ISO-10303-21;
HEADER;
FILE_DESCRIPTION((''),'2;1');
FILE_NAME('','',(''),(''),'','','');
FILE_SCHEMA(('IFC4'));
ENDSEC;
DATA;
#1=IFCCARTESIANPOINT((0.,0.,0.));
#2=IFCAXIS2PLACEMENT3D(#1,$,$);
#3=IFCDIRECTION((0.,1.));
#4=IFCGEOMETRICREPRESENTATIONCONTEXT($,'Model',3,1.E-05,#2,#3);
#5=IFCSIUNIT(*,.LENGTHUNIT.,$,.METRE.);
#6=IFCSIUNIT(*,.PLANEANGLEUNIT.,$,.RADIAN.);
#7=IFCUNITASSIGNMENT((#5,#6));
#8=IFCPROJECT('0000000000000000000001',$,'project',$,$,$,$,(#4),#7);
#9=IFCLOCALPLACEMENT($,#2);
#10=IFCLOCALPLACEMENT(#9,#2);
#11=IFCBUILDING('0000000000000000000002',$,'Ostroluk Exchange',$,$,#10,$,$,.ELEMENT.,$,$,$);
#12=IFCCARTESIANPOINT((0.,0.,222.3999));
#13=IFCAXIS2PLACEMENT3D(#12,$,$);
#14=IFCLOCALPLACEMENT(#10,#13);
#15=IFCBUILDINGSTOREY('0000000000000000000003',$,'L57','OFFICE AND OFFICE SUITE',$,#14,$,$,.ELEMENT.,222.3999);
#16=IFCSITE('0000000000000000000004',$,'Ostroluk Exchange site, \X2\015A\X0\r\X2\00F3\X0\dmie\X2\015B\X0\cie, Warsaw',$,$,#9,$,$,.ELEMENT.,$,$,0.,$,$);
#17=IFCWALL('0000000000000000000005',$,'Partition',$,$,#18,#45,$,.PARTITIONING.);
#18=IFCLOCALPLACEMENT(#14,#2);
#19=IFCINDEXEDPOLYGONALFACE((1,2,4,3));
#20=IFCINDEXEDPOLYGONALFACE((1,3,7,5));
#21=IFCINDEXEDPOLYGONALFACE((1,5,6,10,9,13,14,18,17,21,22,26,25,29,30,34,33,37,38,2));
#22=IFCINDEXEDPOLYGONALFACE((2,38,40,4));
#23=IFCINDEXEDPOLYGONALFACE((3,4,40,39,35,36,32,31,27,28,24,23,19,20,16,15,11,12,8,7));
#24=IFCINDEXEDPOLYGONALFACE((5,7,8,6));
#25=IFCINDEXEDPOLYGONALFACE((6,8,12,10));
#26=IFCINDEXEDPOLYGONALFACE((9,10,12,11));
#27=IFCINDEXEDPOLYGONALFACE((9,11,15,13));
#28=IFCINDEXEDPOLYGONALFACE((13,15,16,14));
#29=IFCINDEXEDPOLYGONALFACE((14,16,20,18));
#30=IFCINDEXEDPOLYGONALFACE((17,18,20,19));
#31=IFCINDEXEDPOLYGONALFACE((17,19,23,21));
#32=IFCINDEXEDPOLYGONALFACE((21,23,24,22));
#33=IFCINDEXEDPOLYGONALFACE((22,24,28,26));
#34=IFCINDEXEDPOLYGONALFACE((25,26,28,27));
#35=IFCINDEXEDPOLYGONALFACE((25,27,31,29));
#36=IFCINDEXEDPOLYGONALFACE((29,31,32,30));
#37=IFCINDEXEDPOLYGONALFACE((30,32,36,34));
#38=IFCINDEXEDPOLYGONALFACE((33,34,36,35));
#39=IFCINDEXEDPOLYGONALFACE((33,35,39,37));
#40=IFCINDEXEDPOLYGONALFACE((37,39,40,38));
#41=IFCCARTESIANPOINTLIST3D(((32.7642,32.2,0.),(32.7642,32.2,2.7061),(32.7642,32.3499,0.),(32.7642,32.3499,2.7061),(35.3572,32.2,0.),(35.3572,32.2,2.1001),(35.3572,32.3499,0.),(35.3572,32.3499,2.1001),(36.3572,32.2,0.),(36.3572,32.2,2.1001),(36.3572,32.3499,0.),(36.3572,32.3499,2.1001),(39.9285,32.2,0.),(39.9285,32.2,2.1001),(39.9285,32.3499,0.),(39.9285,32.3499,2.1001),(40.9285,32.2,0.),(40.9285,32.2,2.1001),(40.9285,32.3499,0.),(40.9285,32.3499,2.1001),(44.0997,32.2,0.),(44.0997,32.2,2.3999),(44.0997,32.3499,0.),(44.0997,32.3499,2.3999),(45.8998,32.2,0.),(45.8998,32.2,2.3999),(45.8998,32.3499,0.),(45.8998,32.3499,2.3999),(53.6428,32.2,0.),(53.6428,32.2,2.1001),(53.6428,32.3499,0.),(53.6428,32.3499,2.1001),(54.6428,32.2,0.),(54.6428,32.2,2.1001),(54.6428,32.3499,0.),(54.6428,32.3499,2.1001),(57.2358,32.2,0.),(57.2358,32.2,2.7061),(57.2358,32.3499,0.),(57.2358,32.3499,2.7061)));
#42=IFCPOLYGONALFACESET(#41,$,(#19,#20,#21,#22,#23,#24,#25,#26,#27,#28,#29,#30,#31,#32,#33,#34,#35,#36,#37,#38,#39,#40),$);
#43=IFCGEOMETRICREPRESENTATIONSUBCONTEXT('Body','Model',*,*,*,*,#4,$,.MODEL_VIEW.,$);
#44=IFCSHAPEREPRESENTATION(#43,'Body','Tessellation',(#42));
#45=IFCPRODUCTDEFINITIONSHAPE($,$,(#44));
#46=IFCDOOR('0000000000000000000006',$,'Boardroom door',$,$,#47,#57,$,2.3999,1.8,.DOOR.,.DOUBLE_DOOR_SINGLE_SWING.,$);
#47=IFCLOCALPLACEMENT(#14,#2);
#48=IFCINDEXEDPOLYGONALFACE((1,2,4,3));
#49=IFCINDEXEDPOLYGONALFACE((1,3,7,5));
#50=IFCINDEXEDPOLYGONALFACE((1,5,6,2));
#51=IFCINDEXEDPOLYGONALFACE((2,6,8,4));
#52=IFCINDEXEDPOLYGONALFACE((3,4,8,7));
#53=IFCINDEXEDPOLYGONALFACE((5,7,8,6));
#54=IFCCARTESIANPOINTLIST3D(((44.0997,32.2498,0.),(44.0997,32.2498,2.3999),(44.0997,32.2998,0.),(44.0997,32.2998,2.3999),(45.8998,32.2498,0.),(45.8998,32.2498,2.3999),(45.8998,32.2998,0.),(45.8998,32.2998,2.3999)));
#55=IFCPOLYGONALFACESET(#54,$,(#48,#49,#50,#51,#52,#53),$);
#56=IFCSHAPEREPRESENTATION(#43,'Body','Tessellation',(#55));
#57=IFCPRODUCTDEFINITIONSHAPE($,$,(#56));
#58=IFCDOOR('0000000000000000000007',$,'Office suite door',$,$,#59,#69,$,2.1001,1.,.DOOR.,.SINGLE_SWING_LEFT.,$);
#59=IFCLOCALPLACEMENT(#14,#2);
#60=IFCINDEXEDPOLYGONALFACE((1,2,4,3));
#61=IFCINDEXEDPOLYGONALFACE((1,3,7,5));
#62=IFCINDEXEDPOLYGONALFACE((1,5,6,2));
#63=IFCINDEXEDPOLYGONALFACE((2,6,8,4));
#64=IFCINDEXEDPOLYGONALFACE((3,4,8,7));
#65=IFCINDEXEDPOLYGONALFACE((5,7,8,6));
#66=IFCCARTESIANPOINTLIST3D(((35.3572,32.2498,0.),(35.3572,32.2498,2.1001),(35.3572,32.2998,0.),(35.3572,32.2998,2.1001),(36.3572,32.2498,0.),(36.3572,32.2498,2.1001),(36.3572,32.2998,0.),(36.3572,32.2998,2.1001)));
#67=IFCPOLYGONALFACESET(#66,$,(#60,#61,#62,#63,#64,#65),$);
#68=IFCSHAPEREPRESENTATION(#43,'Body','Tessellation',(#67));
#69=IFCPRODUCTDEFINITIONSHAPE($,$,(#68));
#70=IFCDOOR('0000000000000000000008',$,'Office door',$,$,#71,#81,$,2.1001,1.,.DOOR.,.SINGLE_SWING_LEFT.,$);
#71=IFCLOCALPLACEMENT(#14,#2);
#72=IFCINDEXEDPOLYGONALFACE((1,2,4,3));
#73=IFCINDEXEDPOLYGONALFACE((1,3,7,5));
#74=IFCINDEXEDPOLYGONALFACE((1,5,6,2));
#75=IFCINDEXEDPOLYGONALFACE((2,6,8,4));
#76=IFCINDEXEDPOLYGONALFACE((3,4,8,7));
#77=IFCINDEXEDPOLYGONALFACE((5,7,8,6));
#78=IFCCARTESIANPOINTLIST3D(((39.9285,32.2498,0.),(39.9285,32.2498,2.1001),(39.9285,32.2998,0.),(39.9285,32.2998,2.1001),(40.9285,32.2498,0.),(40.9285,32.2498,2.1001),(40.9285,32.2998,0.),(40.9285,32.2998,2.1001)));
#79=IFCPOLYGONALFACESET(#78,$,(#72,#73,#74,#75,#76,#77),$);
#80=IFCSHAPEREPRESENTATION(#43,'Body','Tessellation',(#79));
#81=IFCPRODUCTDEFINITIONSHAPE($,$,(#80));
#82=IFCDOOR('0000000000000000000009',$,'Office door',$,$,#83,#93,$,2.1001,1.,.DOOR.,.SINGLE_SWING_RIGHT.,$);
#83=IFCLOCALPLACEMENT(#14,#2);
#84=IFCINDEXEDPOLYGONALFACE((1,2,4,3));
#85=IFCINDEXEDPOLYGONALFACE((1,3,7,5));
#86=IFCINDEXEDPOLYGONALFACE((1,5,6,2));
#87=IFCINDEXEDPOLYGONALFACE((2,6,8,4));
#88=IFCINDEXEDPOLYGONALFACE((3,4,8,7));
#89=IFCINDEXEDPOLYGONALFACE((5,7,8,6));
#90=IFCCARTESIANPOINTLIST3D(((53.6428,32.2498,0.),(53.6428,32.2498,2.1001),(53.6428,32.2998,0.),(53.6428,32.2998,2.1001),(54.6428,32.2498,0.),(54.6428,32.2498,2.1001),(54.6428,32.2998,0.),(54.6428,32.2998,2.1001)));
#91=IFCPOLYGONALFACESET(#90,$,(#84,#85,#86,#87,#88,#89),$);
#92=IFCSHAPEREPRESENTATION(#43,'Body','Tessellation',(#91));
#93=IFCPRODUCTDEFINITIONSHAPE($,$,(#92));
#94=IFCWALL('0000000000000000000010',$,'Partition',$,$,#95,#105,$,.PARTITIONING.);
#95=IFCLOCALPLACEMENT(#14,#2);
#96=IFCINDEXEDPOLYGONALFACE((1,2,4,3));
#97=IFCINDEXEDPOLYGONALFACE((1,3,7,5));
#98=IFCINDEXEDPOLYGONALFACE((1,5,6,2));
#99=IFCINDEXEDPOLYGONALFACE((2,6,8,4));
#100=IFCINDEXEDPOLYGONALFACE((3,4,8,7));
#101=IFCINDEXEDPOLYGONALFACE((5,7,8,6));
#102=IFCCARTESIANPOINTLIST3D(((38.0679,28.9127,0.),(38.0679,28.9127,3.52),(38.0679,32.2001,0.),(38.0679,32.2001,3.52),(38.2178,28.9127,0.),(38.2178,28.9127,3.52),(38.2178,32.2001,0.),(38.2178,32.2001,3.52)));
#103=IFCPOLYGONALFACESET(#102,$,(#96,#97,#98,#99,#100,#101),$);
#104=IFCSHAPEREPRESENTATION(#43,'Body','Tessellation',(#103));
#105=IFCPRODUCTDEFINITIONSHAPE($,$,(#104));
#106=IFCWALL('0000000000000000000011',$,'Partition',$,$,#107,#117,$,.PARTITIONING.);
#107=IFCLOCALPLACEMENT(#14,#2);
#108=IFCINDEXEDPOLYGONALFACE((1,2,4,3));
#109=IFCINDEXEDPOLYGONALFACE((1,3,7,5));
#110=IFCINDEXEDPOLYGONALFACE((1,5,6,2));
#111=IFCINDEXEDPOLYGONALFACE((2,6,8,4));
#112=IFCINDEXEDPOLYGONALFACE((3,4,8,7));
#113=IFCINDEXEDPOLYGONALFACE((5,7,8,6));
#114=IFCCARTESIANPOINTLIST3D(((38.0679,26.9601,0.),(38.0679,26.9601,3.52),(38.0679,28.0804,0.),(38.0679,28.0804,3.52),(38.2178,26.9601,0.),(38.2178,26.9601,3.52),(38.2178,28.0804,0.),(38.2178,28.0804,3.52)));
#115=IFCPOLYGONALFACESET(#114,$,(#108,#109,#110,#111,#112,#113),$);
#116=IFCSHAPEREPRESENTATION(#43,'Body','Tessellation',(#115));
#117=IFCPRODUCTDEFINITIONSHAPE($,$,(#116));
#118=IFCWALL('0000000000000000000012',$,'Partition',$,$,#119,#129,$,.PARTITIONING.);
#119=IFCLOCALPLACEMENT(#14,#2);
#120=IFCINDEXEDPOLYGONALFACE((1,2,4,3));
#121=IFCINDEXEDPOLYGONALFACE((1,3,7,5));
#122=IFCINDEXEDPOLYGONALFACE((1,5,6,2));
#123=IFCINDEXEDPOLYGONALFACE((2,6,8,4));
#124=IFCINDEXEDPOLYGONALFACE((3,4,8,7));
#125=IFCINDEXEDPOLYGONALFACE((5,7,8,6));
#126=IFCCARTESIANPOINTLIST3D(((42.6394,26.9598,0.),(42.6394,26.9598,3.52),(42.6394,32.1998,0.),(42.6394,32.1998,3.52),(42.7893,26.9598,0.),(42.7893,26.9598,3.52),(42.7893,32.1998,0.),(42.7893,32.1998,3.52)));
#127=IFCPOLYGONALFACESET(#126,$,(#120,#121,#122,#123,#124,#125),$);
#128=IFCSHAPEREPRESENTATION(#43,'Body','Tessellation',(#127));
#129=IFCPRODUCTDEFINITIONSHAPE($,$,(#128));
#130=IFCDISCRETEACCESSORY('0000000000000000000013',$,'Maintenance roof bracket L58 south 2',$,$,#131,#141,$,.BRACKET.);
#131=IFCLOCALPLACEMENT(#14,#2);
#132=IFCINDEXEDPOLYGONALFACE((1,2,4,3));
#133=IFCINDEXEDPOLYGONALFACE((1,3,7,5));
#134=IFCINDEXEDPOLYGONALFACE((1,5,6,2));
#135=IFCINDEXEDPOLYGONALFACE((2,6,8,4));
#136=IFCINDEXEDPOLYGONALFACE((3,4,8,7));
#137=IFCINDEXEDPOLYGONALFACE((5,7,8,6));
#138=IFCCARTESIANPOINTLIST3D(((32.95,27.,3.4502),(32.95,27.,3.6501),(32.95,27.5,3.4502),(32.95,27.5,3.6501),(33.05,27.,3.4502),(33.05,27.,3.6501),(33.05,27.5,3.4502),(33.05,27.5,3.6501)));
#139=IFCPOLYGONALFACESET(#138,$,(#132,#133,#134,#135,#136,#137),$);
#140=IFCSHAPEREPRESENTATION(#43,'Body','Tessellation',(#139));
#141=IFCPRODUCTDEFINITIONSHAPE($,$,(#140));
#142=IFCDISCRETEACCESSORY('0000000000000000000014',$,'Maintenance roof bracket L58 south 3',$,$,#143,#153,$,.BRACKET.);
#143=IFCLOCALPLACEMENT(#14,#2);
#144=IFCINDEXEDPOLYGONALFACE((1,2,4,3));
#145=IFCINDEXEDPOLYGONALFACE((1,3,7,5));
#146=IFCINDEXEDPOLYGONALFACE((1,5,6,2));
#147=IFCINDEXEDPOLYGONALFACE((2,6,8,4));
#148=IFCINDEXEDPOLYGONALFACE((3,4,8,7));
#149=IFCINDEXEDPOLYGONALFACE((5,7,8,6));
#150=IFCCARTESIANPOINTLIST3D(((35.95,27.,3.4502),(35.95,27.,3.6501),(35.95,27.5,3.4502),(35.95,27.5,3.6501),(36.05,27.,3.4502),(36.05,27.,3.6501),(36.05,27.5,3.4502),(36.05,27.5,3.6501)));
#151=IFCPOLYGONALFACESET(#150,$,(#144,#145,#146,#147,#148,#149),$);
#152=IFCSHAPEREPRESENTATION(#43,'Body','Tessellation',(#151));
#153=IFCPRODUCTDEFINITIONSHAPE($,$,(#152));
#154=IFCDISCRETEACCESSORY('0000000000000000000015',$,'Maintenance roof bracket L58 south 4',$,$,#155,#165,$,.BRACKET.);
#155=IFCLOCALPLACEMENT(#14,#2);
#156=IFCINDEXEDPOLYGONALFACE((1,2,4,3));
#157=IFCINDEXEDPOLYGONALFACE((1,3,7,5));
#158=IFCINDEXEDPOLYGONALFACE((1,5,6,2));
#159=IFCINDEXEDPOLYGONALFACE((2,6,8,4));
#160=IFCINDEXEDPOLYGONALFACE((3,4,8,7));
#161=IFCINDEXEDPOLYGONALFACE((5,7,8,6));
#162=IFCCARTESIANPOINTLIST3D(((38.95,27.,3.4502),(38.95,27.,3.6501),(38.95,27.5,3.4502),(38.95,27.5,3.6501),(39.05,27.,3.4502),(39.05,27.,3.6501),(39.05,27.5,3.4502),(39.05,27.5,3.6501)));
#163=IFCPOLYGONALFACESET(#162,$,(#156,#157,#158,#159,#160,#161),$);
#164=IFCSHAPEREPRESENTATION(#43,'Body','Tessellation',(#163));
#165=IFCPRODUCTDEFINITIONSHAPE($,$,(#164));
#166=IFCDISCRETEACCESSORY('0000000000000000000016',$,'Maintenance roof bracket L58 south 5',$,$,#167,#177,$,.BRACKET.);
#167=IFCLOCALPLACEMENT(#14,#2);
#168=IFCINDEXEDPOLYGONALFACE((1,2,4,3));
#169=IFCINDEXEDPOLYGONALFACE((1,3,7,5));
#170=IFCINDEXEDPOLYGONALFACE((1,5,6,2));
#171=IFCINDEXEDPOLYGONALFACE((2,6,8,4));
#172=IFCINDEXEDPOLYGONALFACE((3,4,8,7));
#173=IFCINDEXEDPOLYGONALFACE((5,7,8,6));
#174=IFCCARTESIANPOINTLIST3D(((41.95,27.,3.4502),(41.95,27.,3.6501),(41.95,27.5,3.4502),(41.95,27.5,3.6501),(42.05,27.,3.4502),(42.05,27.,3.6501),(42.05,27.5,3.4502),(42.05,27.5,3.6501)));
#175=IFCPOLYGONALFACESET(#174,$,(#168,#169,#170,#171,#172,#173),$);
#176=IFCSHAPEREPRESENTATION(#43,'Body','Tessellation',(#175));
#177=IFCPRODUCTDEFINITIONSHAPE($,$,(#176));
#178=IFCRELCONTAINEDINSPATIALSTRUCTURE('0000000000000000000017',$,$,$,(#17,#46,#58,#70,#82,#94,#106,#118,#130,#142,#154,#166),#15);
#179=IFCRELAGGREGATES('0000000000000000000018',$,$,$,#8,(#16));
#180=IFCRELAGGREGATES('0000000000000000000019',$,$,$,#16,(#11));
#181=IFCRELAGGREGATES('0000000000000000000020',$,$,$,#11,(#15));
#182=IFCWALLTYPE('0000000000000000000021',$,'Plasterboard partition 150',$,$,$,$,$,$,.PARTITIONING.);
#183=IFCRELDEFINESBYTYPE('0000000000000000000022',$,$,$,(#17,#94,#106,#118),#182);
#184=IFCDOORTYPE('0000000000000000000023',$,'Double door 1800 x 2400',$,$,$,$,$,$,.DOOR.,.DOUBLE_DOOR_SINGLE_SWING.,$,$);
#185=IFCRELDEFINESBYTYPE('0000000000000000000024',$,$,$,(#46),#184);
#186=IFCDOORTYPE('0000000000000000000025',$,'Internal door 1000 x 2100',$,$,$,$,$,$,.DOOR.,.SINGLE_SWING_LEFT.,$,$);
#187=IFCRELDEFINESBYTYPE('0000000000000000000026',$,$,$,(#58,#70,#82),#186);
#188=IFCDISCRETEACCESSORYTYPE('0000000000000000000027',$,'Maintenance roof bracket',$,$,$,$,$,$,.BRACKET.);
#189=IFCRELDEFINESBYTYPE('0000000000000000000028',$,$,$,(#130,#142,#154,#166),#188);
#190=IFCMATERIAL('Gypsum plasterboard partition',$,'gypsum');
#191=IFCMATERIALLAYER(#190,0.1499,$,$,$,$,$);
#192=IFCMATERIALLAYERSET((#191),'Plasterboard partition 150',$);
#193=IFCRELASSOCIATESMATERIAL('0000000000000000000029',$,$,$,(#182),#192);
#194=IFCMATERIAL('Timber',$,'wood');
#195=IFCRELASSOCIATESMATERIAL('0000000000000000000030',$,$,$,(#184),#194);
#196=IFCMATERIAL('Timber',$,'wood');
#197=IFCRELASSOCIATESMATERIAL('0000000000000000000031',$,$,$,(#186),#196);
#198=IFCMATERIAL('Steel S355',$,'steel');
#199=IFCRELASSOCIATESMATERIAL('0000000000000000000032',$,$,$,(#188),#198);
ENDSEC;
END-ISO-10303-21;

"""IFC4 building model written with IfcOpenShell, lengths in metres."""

from ifc_helpers import new_model, si_unit, direction, frame, frame_2d, origin, origin_2d, place, context, subcontext, project, spatial, rectangle, extrude, material, layer, layer_set, type_object, element, fill, save


model = new_model("IFC4")

# Units and contexts
model_context = context("Model", 3, precision=1e-05, world=origin(), true_north=direction((0.0, 1.0)))
body_context = subcontext(model_context, "Body", "Model", "MODEL_VIEW")
ifc_project = project(units=[si_unit("LENGTHUNIT", "METRE"), si_unit("PLANEANGLEUNIT", "RADIAN")], contexts=[model_context])

# Site, building, storey
site_placement = place(None, origin())
site = spatial("IfcSite", under=ifc_project, at=site_placement, Name="Ostroluk Exchange site, Śródmieście, Warsaw", CompositionType="ELEMENT", RefElevation=0.0)
building_placement = place(site_placement, origin())
building = spatial("IfcBuilding", under=site, at=building_placement, Name="Ostroluk Exchange", CompositionType="ELEMENT")
storey_placement = place(building_placement, frame((0.0, 0.0, 222.3999)))
storey = spatial("IfcBuildingStorey", under=building, at=storey_placement, Name="L57", Description="OFFICE AND OFFICE SUITE", CompositionType="ELEMENT", Elevation=222.3999)

# Wall, openings, doors
ifc_material_1 = material(Name="Gypsum plasterboard partition", Category="gypsum")
ifc_layer_1 = layer(ifc_material_1, 0.1499)
ifc_layer_set_1 = layer_set([ifc_layer_1], Name="Plasterboard partition 150")
wall_type = type_object("IfcWallType", Name="Plasterboard partition 150", PredefinedType="PARTITIONING", material=ifc_layer_set_1)
wall_1_placement = place(storey_placement, frame((32.7642, 32.2749, 0.0), z_axis=(0.0, 0.0, 1.0), x_axis=(1.0, 0.0, 0.0)))
wall_1 = element("IfcWall", 1, at=wall_1_placement, inside=storey, type_object=wall_type, Name="Partition", PredefinedType="PARTITIONING", context=body_context, shape_type="SweptSolid", body=[
    extrude(rectangle(XDim=24.4717, YDim=0.1499, at=frame_2d((12.2358, 0.0))), origin(), (0.0, 0.0, 1.0), 2.7061),
])
opening_1_placement = place(wall_1_placement, frame((2.593, 0.0, 0.0)))
opening_1 = element("IfcOpeningElement", 2, at=opening_1_placement, cuts=wall_1, PredefinedType="OPENING", context=body_context, shape_type="SweptSolid", body=[
    extrude(rectangle(XDim=1.0, YDim=2.1001, at=frame_2d((0.5, 1.05))), frame((0.0, 0.085, 0.0), z_axis=(0.0, -1.0, 0.0), x_axis=(1.0, 0.0, 0.0)), (0.0, 0.0, 1.0), 0.1699),
])
opening_2_placement = place(wall_1_placement, frame((7.1643, 0.0, 0.0)))
opening_2 = element("IfcOpeningElement", 3, at=opening_2_placement, cuts=wall_1, PredefinedType="OPENING", context=body_context, shape_type="SweptSolid", body=[
    extrude(rectangle(XDim=1.0, YDim=2.1001, at=frame_2d((0.5, 1.05))), frame((0.0, 0.085, 0.0), z_axis=(0.0, -1.0, 0.0), x_axis=(1.0, 0.0, 0.0)), (0.0, 0.0, 1.0), 0.1699),
])
opening_3_placement = place(wall_1_placement, frame((11.3357, 0.0, 0.0)))
opening_3 = element("IfcOpeningElement", 4, at=opening_3_placement, cuts=wall_1, PredefinedType="OPENING", context=body_context, shape_type="SweptSolid", body=[
    extrude(rectangle(XDim=1.8, YDim=2.3999, at=frame_2d((0.8999, 1.2))), frame((0.0, 0.085, 0.0), z_axis=(0.0, -1.0, 0.0), x_axis=(1.0, 0.0, 0.0)), (0.0, 0.0, 1.0), 0.1699),
])
opening_4_placement = place(wall_1_placement, frame((20.8787, 0.0, 0.0)))
opening_4 = element("IfcOpeningElement", 5, at=opening_4_placement, cuts=wall_1, PredefinedType="OPENING", context=body_context, shape_type="SweptSolid", body=[
    extrude(rectangle(XDim=1.0, YDim=2.1001, at=frame_2d((0.5, 1.05))), frame((0.0, 0.085, 0.0), z_axis=(0.0, -1.0, 0.0), x_axis=(1.0, 0.0, 0.0)), (0.0, 0.0, 1.0), 0.1699),
])
ifc_material_2 = material(Name="Timber", Category="wood")
door_type_1 = type_object("IfcDoorType", Name="Double door 1800 x 2400", OperationType="DOUBLE_DOOR_SINGLE_SWING", PredefinedType="DOOR", material=ifc_material_2)
door_1_placement = place(opening_3_placement, origin())
door_1 = element("IfcDoor", 6, at=door_1_placement, inside=storey, type_object=door_type_1, Name="Boardroom door", OperationType="DOUBLE_DOOR_SINGLE_SWING", OverallHeight=2.3999, OverallWidth=1.8, PredefinedType="DOOR", context=body_context, shape_type="SweptSolid", body=[
    extrude(rectangle(XDim=1.8, YDim=2.3999, at=frame_2d((0.8999, 1.2))), frame((0.0, 0.0249, 0.0), z_axis=(0.0, -1.0, 0.0), x_axis=(1.0, 0.0, 0.0)), (0.0, 0.0, 1.0), 0.05),
])
fill(opening_3, door_1)
ifc_material_3 = material(Name="Timber", Category="wood")
door_type_2 = type_object("IfcDoorType", Name="Internal door 1000 x 2100", OperationType="SINGLE_SWING_LEFT", PredefinedType="DOOR", material=ifc_material_3)
door_2_placement = place(opening_1_placement, origin())
door_2 = element("IfcDoor", 7, at=door_2_placement, inside=storey, type_object=door_type_2, Name="Office suite door", OperationType="SINGLE_SWING_LEFT", OverallHeight=2.1001, OverallWidth=1.0, PredefinedType="DOOR", context=body_context, shape_type="SweptSolid", body=[
    extrude(rectangle(XDim=1.0, YDim=2.1001, at=frame_2d((0.5, 1.05))), frame((0.0, 0.0249, 0.0), z_axis=(0.0, -1.0, 0.0), x_axis=(1.0, 0.0, 0.0)), (0.0, 0.0, 1.0), 0.05),
])
fill(opening_1, door_2)
door_3_placement = place(opening_2_placement, origin())
door_3 = element("IfcDoor", 8, at=door_3_placement, inside=storey, type_object=door_type_2, Name="Office door", OperationType="SINGLE_SWING_LEFT", OverallHeight=2.1001, OverallWidth=1.0, PredefinedType="DOOR", context=body_context, shape_type="SweptSolid", body=[
    extrude(rectangle(XDim=1.0, YDim=2.1001, at=frame_2d((0.5, 1.05))), frame((0.0, 0.0249, 0.0), z_axis=(0.0, -1.0, 0.0), x_axis=(1.0, 0.0, 0.0)), (0.0, 0.0, 1.0), 0.05),
])
fill(opening_2, door_3)
door_4_placement = place(opening_4_placement, origin())
door_4 = element("IfcDoor", 9, at=door_4_placement, inside=storey, type_object=door_type_2, Name="Office door", OperationType="SINGLE_SWING_RIGHT", OverallHeight=2.1001, OverallWidth=1.0, PredefinedType="DOOR", context=body_context, shape_type="SweptSolid", body=[
    extrude(rectangle(XDim=1.0, YDim=2.1001, at=frame_2d((0.5, 1.05))), frame((0.0, 0.0249, 0.0), z_axis=(0.0, -1.0, 0.0), x_axis=(1.0, 0.0, 0.0)), (0.0, 0.0, 1.0), 0.05),
])
fill(opening_4, door_4)

# Walls
wall_2_placement = place(storey_placement, frame((38.1428, 32.2, 0.0), z_axis=(0.0, 0.0, 1.0), x_axis=(0.0, -1.0, 0.0)))
element("IfcWall", 10, at=wall_2_placement, inside=storey, type_object=wall_type, Name="Partition", PredefinedType="PARTITIONING", context=body_context, shape_type="SweptSolid", body=[
    extrude(rectangle(XDim=3.2874, YDim=0.1499, at=frame_2d((1.6436, 0.0))), origin(), (0.0, 0.0, 1.0), 3.52),
])
wall_3_placement = place(storey_placement, frame((38.1428, 28.0803, 0.0), z_axis=(0.0, 0.0, 1.0), x_axis=(0.0, -1.0, 0.0)))
element("IfcWall", 11, at=wall_3_placement, inside=storey, type_object=wall_type, Name="Partition", PredefinedType="PARTITIONING", context=body_context, shape_type="SweptSolid", body=[
    extrude(rectangle(XDim=1.1204, YDim=0.1499, at=frame_2d((0.5601, 0.0))), origin(), (0.0, 0.0, 1.0), 3.52),
])
wall_4_placement = place(storey_placement, frame((42.7144, 32.2, 0.0), z_axis=(0.0, 0.0, 1.0), x_axis=(0.0, -1.0, 0.0)))
element("IfcWall", 12, at=wall_4_placement, inside=storey, type_object=wall_type, Name="Partition", PredefinedType="PARTITIONING", context=body_context, shape_type="SweptSolid", body=[
    extrude(rectangle(XDim=5.24, YDim=0.1499, at=frame_2d((2.6201, 0.0))), origin(), (0.0, 0.0, 1.0), 3.52),
])

# Discrete accessories
ifc_material_4 = material(Name="Steel S355", Category="steel")
discrete_accessory_type = type_object("IfcDiscreteAccessoryType", Name="Maintenance roof bracket", PredefinedType="BRACKET", material=ifc_material_4)
for number, where, z_axis, x_axis, name in (
    (13, (33.0, 27.25, 3.4502), (0.0, 0.0, 1.0), (1.0, 0.0, 0.0), "Maintenance roof bracket L58 south 2"),
    (14, (36.0, 27.25, 3.4502), (0.0, 0.0, 1.0), (1.0, 0.0, 0.0), "Maintenance roof bracket L58 south 3"),
    (15, (39.0, 27.25, 3.4502), (0.0, 0.0, 1.0), (1.0, 0.0, 0.0), "Maintenance roof bracket L58 south 4"),
    (16, (42.0, 27.25, 3.4502), (0.0, 0.0, 1.0), (1.0, 0.0, 0.0), "Maintenance roof bracket L58 south 5"),
):
    element("IfcDiscreteAccessory", number, at=place(storey_placement, frame(where, z_axis=z_axis, x_axis=x_axis)), inside=storey, type_object=discrete_accessory_type, Name=name, PredefinedType="BRACKET", context=body_context, shape_type="SweptSolid", body=[
        extrude(rectangle(XDim=0.1001, YDim=0.5, at=origin_2d()), origin(), (0.0, 0.0, 1.0), 0.2),
    ])

save(model, "model.ifc")
